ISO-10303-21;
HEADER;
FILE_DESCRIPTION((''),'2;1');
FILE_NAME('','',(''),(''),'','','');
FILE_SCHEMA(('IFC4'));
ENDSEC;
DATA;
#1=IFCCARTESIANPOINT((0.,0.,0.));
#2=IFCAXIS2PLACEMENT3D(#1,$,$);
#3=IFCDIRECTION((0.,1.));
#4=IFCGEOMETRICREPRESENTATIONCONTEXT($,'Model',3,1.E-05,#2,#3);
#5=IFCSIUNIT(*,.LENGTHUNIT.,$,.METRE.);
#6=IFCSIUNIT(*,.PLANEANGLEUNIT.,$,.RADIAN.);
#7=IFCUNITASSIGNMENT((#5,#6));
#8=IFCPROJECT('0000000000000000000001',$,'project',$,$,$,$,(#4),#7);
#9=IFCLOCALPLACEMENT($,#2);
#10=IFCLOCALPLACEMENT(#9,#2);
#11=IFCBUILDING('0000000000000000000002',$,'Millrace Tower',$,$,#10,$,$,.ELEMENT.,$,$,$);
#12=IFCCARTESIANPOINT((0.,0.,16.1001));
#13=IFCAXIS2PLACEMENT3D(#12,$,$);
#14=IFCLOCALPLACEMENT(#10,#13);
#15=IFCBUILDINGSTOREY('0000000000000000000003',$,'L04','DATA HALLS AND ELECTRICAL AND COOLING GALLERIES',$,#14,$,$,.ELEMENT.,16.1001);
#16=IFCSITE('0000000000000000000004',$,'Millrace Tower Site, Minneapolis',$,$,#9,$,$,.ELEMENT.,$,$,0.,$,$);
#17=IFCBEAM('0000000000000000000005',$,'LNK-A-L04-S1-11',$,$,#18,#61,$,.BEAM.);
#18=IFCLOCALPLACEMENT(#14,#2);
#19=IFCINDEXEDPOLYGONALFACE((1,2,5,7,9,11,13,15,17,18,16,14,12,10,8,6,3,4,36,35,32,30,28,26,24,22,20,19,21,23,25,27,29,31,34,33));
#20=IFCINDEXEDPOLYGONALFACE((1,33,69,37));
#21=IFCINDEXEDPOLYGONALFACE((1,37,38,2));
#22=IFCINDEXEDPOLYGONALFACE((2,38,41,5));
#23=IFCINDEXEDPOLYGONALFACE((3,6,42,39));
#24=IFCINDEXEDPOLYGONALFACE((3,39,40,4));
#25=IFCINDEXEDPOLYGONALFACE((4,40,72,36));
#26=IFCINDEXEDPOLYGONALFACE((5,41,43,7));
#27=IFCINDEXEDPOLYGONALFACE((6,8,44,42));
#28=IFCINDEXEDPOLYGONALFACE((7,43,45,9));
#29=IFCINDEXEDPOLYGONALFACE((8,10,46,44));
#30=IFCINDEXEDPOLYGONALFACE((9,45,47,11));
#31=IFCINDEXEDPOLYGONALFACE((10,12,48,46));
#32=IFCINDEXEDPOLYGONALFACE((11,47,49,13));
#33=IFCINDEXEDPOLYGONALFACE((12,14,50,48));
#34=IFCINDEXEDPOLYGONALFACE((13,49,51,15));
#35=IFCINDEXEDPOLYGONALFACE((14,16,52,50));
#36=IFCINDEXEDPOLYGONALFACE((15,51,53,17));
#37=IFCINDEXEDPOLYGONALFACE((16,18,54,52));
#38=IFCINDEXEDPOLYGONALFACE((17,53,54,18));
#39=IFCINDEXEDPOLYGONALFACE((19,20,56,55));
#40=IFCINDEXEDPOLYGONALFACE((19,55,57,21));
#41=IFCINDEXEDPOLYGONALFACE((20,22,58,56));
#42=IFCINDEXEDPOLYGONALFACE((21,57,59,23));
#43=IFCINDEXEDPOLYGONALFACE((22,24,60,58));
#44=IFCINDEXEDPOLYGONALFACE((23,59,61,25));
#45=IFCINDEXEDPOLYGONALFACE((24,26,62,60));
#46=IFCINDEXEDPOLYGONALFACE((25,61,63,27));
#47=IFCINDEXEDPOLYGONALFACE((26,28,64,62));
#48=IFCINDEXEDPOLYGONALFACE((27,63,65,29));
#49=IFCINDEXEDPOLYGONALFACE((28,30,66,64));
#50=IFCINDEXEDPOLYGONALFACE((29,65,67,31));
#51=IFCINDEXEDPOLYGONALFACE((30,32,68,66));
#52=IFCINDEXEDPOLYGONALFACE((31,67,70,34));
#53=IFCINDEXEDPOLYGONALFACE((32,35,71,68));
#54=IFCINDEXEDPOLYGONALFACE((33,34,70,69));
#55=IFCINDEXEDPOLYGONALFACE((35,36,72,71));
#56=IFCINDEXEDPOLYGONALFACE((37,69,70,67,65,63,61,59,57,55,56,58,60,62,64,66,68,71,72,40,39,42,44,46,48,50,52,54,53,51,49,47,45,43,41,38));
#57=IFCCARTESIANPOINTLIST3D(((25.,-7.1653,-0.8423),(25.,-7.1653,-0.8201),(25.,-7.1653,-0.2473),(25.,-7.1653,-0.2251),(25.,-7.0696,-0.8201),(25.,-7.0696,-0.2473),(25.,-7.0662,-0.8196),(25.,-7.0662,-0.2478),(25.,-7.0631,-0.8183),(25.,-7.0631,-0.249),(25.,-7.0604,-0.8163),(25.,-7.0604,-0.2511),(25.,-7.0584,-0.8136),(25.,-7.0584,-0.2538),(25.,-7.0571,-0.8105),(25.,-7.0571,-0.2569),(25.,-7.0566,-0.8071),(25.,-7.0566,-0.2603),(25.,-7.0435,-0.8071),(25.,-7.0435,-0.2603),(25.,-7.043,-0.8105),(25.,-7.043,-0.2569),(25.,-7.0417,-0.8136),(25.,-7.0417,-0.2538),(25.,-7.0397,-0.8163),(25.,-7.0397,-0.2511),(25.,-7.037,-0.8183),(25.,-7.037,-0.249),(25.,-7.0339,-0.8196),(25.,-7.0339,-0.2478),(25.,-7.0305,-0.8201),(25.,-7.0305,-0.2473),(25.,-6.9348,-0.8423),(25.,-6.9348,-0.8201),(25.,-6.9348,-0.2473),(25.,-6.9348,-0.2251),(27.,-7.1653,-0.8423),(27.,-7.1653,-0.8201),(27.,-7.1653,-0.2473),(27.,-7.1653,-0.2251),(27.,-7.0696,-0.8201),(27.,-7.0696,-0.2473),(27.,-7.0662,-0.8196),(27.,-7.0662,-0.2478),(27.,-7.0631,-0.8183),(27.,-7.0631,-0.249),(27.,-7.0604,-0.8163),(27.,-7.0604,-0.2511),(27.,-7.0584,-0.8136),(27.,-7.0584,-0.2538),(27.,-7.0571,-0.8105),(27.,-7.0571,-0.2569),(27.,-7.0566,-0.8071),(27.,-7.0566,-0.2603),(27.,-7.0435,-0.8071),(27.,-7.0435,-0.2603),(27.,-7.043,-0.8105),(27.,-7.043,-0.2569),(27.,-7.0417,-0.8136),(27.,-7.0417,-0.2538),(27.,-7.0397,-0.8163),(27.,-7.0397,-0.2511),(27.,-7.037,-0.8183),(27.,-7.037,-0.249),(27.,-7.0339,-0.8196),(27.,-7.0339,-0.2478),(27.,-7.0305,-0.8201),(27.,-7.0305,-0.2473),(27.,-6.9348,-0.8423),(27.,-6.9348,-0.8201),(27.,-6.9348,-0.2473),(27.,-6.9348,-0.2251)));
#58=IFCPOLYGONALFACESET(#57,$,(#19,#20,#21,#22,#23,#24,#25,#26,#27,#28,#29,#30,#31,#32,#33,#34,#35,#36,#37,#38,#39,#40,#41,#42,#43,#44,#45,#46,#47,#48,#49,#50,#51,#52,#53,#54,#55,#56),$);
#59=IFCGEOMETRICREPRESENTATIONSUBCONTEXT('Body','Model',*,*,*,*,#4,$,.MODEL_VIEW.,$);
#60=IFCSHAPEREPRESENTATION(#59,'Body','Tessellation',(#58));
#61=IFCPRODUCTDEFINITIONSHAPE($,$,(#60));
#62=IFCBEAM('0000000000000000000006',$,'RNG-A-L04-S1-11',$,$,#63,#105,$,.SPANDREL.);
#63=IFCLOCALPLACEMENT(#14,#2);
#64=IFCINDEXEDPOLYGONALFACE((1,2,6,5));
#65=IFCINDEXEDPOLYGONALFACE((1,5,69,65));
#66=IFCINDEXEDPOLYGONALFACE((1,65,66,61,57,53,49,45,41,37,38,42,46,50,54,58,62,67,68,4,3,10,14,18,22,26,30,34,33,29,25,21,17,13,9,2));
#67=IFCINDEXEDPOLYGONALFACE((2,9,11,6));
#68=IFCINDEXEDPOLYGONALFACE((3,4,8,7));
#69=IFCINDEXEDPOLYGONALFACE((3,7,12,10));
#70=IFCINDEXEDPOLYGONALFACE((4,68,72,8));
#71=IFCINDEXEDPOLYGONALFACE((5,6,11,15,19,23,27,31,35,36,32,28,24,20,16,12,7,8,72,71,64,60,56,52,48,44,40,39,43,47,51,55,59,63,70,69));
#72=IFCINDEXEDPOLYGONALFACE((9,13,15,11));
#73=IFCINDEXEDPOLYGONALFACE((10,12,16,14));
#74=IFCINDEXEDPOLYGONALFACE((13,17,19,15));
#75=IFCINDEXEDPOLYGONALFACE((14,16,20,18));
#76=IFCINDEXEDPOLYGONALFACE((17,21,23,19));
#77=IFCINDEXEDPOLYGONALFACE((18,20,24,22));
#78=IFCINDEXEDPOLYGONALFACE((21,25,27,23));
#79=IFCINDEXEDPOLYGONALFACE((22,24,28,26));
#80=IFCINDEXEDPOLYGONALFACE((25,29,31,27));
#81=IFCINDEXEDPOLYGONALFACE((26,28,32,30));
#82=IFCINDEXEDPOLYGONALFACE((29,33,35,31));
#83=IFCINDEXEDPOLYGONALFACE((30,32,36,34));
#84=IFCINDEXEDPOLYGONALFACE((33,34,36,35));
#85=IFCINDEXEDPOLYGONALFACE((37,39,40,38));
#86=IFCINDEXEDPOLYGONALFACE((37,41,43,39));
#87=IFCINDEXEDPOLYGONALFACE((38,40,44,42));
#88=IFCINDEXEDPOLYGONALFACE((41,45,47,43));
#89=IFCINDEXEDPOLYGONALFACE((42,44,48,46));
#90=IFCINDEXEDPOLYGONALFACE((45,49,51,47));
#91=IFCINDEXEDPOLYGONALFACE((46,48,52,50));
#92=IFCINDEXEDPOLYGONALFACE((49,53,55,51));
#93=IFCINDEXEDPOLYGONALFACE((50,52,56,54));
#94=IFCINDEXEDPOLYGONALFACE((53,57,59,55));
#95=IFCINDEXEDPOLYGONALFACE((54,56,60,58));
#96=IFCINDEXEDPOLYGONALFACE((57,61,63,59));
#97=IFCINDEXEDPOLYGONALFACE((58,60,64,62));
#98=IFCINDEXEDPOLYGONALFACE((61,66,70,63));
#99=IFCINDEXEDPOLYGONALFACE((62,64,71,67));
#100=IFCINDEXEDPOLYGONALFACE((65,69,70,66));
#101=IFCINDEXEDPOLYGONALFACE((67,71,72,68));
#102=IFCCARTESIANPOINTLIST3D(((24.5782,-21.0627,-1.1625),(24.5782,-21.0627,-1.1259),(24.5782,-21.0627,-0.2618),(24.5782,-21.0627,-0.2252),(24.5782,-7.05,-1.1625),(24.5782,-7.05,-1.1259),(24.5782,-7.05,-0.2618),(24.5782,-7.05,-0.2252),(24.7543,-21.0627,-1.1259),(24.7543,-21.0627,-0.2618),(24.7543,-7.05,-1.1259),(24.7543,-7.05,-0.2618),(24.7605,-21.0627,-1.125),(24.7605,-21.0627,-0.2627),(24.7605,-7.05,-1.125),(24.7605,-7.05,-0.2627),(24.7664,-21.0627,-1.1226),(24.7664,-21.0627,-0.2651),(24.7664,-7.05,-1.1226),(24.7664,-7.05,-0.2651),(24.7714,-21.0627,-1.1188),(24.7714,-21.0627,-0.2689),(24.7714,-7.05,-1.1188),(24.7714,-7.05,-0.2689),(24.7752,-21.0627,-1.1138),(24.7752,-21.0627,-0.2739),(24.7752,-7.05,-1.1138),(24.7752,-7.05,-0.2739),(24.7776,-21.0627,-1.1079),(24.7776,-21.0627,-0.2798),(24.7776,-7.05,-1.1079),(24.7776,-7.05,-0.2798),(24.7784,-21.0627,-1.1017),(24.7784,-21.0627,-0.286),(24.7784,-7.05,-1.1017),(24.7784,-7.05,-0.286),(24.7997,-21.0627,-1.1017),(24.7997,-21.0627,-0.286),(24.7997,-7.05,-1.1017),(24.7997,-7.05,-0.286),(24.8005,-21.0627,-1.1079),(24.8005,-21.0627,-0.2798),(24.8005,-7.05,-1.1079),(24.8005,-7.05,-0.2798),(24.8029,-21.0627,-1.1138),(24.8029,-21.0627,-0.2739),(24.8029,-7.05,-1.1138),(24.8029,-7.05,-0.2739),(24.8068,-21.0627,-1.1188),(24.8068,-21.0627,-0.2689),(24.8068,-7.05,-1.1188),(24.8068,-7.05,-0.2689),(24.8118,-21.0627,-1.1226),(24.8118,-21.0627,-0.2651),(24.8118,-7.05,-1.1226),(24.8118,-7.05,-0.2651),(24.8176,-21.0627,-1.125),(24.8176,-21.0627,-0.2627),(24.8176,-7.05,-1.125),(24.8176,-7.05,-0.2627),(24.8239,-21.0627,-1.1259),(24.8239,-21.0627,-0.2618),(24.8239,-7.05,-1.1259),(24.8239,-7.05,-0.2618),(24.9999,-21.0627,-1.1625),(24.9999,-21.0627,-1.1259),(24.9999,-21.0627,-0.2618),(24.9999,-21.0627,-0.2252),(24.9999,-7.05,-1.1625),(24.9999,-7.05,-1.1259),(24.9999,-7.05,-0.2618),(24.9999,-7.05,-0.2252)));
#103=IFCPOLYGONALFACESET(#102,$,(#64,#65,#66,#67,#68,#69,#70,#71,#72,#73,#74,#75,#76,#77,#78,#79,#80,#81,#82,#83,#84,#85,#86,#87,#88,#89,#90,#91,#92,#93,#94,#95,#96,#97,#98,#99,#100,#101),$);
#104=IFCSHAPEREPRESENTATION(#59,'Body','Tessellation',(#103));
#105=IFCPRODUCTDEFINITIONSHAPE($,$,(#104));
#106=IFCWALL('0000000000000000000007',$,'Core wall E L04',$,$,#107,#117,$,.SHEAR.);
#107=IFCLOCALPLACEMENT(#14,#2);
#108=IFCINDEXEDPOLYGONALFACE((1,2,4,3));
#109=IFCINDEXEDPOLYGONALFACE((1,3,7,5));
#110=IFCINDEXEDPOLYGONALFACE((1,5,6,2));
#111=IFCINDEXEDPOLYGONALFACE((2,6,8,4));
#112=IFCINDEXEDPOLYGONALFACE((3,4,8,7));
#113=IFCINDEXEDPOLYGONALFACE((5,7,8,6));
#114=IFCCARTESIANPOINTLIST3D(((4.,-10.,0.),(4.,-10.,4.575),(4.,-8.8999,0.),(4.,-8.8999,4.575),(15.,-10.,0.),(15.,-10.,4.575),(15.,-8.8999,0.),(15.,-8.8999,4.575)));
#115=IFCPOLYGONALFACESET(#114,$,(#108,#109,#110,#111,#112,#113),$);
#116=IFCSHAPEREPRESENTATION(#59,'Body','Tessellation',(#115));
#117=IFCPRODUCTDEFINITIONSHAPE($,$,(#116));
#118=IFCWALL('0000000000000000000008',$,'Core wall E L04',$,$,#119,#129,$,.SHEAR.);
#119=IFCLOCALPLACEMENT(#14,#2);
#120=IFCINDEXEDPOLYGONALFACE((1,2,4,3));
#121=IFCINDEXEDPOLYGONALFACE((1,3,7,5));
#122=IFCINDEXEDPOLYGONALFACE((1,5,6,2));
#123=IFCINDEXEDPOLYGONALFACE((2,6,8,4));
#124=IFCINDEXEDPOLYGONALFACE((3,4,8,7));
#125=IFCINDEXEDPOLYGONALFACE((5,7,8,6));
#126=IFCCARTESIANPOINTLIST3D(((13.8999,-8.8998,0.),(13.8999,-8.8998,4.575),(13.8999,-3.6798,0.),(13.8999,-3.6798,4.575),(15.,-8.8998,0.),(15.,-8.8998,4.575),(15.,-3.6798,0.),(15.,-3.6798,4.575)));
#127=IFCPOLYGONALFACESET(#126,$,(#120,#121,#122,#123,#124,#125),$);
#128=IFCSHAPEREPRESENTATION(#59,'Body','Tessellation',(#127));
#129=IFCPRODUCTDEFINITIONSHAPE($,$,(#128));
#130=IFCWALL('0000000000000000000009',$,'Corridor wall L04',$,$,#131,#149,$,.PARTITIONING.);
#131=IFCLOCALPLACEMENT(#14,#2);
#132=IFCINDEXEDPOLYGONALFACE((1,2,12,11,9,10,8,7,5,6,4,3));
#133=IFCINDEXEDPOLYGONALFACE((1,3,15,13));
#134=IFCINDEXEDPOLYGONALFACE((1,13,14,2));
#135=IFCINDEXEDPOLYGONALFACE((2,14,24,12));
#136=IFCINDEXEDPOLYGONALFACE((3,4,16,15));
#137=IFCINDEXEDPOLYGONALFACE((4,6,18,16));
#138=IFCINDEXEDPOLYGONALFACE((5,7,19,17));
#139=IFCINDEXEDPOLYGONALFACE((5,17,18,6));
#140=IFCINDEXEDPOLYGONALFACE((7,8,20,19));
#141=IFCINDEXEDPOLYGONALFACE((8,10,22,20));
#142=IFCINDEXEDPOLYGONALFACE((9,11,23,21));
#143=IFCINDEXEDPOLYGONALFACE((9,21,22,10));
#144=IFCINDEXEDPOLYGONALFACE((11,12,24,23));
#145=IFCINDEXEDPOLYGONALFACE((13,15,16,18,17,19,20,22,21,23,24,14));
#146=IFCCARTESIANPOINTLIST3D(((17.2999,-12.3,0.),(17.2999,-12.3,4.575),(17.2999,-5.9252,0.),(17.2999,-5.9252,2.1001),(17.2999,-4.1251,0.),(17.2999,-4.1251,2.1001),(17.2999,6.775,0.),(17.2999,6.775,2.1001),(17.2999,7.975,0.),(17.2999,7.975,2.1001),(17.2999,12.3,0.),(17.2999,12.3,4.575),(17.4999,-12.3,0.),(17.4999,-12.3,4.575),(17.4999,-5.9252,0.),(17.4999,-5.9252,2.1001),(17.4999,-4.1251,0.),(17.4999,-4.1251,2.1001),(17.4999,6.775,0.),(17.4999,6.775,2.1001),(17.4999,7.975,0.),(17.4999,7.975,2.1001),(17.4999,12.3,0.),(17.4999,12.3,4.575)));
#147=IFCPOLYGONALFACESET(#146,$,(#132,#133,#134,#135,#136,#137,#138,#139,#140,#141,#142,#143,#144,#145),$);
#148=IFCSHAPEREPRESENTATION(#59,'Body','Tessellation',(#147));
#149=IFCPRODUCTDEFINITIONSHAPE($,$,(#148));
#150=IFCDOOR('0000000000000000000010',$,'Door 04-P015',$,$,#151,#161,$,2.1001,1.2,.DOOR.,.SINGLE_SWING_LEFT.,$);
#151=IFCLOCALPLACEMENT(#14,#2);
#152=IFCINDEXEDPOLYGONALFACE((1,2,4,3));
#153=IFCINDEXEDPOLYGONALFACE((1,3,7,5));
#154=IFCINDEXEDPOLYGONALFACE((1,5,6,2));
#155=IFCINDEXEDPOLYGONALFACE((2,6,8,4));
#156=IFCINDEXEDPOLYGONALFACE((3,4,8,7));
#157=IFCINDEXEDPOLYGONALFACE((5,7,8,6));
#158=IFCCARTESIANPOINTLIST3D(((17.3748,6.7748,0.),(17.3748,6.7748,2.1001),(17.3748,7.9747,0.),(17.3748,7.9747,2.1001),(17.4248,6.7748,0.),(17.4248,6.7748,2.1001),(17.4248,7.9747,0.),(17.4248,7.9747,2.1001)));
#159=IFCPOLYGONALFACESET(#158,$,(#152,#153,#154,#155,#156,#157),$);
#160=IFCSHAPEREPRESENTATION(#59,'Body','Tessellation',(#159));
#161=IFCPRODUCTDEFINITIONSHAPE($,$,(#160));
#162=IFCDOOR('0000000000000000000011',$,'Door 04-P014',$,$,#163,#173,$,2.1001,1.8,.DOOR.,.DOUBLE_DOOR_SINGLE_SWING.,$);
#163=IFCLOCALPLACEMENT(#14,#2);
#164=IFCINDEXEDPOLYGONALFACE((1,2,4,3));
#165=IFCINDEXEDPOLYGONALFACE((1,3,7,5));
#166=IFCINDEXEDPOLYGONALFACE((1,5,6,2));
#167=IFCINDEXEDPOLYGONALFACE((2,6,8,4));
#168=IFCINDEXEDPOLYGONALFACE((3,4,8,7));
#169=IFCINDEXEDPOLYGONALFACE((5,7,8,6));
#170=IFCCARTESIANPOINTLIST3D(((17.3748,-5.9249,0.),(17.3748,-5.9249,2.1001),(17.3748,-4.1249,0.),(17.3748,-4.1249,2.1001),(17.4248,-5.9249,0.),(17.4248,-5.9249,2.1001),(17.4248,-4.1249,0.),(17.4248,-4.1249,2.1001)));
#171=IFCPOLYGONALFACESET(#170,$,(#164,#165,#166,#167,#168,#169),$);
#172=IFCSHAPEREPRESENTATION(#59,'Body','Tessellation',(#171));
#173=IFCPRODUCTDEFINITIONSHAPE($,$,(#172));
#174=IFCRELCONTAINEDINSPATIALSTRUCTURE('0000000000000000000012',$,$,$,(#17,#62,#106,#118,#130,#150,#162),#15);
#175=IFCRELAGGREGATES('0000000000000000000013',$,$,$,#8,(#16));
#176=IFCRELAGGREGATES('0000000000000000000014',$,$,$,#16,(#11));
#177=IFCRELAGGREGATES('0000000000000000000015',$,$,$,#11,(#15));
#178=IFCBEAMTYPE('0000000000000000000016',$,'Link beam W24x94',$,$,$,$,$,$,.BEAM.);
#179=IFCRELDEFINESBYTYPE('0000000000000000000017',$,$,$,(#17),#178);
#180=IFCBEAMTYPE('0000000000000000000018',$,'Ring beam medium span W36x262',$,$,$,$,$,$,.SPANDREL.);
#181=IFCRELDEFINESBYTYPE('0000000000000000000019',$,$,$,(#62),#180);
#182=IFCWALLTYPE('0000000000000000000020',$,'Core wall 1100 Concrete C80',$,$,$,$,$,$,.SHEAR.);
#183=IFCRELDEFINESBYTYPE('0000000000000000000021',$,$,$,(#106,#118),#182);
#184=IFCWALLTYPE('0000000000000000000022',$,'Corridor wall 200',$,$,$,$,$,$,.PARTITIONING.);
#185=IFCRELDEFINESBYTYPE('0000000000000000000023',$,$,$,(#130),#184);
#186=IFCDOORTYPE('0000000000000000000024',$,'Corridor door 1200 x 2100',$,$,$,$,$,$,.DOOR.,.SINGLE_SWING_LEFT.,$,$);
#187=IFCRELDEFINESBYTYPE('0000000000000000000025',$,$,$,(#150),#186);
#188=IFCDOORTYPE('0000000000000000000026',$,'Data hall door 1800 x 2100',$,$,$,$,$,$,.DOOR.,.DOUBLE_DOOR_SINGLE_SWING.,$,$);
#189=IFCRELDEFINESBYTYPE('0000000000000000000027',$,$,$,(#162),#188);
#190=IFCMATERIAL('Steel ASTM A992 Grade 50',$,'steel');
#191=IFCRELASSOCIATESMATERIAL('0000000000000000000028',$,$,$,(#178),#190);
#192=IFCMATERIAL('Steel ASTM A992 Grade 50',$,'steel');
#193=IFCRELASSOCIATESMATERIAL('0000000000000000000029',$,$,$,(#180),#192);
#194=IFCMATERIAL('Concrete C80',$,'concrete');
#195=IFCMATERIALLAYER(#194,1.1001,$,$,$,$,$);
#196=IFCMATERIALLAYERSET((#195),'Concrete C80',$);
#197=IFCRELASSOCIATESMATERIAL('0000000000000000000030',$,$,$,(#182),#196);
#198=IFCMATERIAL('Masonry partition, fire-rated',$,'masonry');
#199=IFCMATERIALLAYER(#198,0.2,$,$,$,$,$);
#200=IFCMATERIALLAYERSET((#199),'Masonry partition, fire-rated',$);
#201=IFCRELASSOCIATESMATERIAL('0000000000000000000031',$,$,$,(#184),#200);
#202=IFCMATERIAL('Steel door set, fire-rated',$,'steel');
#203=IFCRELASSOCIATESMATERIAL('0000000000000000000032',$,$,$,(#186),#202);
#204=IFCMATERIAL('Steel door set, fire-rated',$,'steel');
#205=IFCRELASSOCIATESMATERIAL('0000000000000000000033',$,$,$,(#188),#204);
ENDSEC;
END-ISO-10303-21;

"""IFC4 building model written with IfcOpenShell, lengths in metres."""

from ifc_helpers import new_model, si_unit, direction, frame, frame_2d, origin, origin_2d, place, context, subcontext, project, spatial, rectangle, i_section, extrude, material, layer, layer_set, material_profile, profile_set, type_object, element, fill, save


model = new_model("IFC4")

# Units and contexts
model_context = context("Model", 3, precision=1e-05, world=origin(), true_north=direction((0.0, 1.0)))
body_context = subcontext(model_context, "Body", "Model", "MODEL_VIEW")
ifc_project = project(units=[si_unit("LENGTHUNIT", "METRE"), si_unit("PLANEANGLEUNIT", "RADIAN")], contexts=[model_context])

# Site, building, storey
site_placement = place(None, origin())
site = spatial("IfcSite", under=ifc_project, at=site_placement, Name="Millrace Tower Site, Minneapolis", CompositionType="ELEMENT", RefElevation=0.0)
building_placement = place(site_placement, origin())
building = spatial("IfcBuilding", under=site, at=building_placement, Name="Millrace Tower", CompositionType="ELEMENT")
storey_placement = place(building_placement, frame((0.0, 0.0, 16.1001)))
storey = spatial("IfcBuildingStorey", under=building, at=storey_placement, Name="L04", Description="DATA HALLS AND ELECTRICAL AND COOLING GALLERIES", CompositionType="ELEMENT", Elevation=16.1001)

# Beams
ifc_material_1 = material(Name="Steel ASTM A992 Grade 50", Category="steel")
ifc_material_profile_1 = material_profile(ifc_material_1, i_section(OverallWidth=0.2305, OverallDepth=0.6172, WebThickness=0.0132, FlangeThickness=0.0222, FilletRadius=0.0129, at=origin_2d()))
ifc_profile_set_1 = profile_set([ifc_material_profile_1], Name="Steel ASTM A992 Grade 50")
beam_type_1 = type_object("IfcBeamType", Name="Link beam W24x94", PredefinedType="BEAM", material=ifc_profile_set_1)
beam_1_placement = place(storey_placement, frame((25.0, -7.05, -0.5337), z_axis=(1.0, 0.0, 0.0), x_axis=(0.0, 1.0, 0.0)))
element("IfcBeam", 1, at=beam_1_placement, inside=storey, type_object=beam_type_1, Name="LNK-A-L04-S1-11", PredefinedType="BEAM", context=body_context, shape_type="SweptSolid", body=[
    extrude(i_section(OverallWidth=0.2305, OverallDepth=0.6172, WebThickness=0.0132, FlangeThickness=0.0222, FilletRadius=0.0129, at=origin_2d()), origin(), (0.0, 0.0, 1.0), 2.0),
])
ifc_material_2 = material(Name="Steel ASTM A992 Grade 50", Category="steel")
ifc_material_profile_2 = material_profile(ifc_material_2, i_section(OverallWidth=0.4216, OverallDepth=0.9373, WebThickness=0.0212, FlangeThickness=0.0366, FilletRadius=0.0242, at=origin_2d()))
ifc_profile_set_2 = profile_set([ifc_material_profile_2], Name="Steel ASTM A992 Grade 50")
beam_type_2 = type_object("IfcBeamType", Name="Ring beam medium span W36x262", PredefinedType="SPANDREL", material=ifc_profile_set_2)
beam_2_placement = place(storey_placement, frame((24.7891, -7.05, -0.6938), z_axis=(0.0, -1.0, 0.0), x_axis=(1.0, 0.0, 0.0)))
element("IfcBeam", 2, at=beam_2_placement, inside=storey, type_object=beam_type_2, Name="RNG-A-L04-S1-11", PredefinedType="SPANDREL", context=body_context, shape_type="SweptSolid", body=[
    extrude(i_section(OverallWidth=0.4216, OverallDepth=0.9373, WebThickness=0.0212, FlangeThickness=0.0366, FilletRadius=0.0242, at=origin_2d()), origin(), (0.0, 0.0, 1.0), 14.0127),
])

# Walls
ifc_material_3 = material(Name="Concrete C80", Category="concrete")
ifc_layer_1 = layer(ifc_material_3, 1.1001)
ifc_layer_set_1 = layer_set([ifc_layer_1], Name="Concrete C80")
wall_type_1 = type_object("IfcWallType", Name="Core wall 1100 Concrete C80", PredefinedType="SHEAR", material=ifc_layer_set_1)
wall_1_placement = place(storey_placement, frame((15.0, -9.45, 0.0), z_axis=(0.0, 0.0, 1.0), x_axis=(-1.0, 0.0, 0.0)))
element("IfcWall", 3, at=wall_1_placement, inside=storey, type_object=wall_type_1, Name="Core wall E L04", PredefinedType="SHEAR", context=body_context, shape_type="SweptSolid", body=[
    extrude(rectangle(XDim=11.0, YDim=1.1001, at=frame_2d((5.5, 0.0))), origin(), (0.0, 0.0, 1.0), 4.575),
])
wall_2_placement = place(storey_placement, frame((14.45, -3.6799, 0.0), z_axis=(0.0, 0.0, 1.0), x_axis=(0.0, -1.0, 0.0)))
element("IfcWall", 4, at=wall_2_placement, inside=storey, type_object=wall_type_1, Name="Core wall E L04", PredefinedType="SHEAR", context=body_context, shape_type="SweptSolid", body=[
    extrude(rectangle(XDim=5.22, YDim=1.1001, at=frame_2d((2.6099, 0.0))), origin(), (0.0, 0.0, 1.0), 4.575),
])

# Wall, openings, doors
ifc_material_4 = material(Name="Masonry partition, fire-rated", Category="masonry")
ifc_layer_2 = layer(ifc_material_4, 0.2)
ifc_layer_set_2 = layer_set([ifc_layer_2], Name="Masonry partition, fire-rated")
wall_type_2 = type_object("IfcWallType", Name="Corridor wall 200", PredefinedType="PARTITIONING", material=ifc_layer_set_2)
wall_3_placement = place(storey_placement, frame((17.3999, -12.3, 0.0), z_axis=(0.0, 0.0, 1.0), x_axis=(0.0, 1.0, 0.0)))
wall_3 = element("IfcWall", 5, at=wall_3_placement, inside=storey, type_object=wall_type_2, Name="Corridor wall L04", PredefinedType="PARTITIONING", context=body_context, shape_type="SweptSolid", body=[
    extrude(rectangle(XDim=24.6001, YDim=0.2, at=frame_2d((12.3, 0.0))), origin(), (0.0, 0.0, 1.0), 4.575),
])
opening_1_placement = place(wall_3_placement, frame((6.375, 0.0, 0.0)))
opening_1 = element("IfcOpeningElement", 6, at=opening_1_placement, cuts=wall_3, PredefinedType="OPENING", context=body_context, shape_type="SweptSolid", body=[
    extrude(rectangle(XDim=1.8, YDim=2.1001, at=frame_2d((0.8999, 1.05))), frame((0.0, 0.1099, 0.0), z_axis=(0.0, -1.0, 0.0), x_axis=(1.0, 0.0, 0.0)), (0.0, 0.0, 1.0), 0.22),
])
opening_2_placement = place(wall_3_placement, frame((19.075, 0.0, 0.0)))
opening_2 = element("IfcOpeningElement", 7, at=opening_2_placement, cuts=wall_3, PredefinedType="OPENING", context=body_context, shape_type="SweptSolid", body=[
    extrude(rectangle(XDim=1.2, YDim=2.1001, at=frame_2d((0.6001, 1.05))), frame((0.0, 0.1099, 0.0), z_axis=(0.0, -1.0, 0.0), x_axis=(1.0, 0.0, 0.0)), (0.0, 0.0, 1.0), 0.22),
])
ifc_material_5 = material(Name="Steel door set, fire-rated", Category="steel")
door_type_1 = type_object("IfcDoorType", Name="Corridor door 1200 x 2100", OperationType="SINGLE_SWING_LEFT", PredefinedType="DOOR", material=ifc_material_5)
door_1_placement = place(opening_2_placement, frame((1.2, 0.0, 0.0), z_axis=(0.0, 0.0, 1.0), x_axis=(-1.0, 0.0, 0.0)))
door_1 = element("IfcDoor", 8, at=door_1_placement, inside=storey, type_object=door_type_1, Name="Door 04-P015", OperationType="SINGLE_SWING_LEFT", OverallHeight=2.1001, OverallWidth=1.2, PredefinedType="DOOR", context=body_context, shape_type="SweptSolid", body=[
    extrude(rectangle(XDim=1.2, YDim=2.1001, at=frame_2d((0.6001, 1.05))), frame((0.0, 0.0249, 0.0), z_axis=(0.0, -1.0, 0.0), x_axis=(1.0, 0.0, 0.0)), (0.0, 0.0, 1.0), 0.05),
])
fill(opening_2, door_1)
ifc_material_6 = material(Name="Steel door set, fire-rated", Category="steel")
door_type_2 = type_object("IfcDoorType", Name="Data hall door 1800 x 2100", OperationType="DOUBLE_DOOR_SINGLE_SWING", PredefinedType="DOOR", material=ifc_material_6)
door_2_placement = place(opening_1_placement, frame((1.8, 0.0, 0.0), z_axis=(0.0, 0.0, 1.0), x_axis=(-1.0, 0.0, 0.0)))
door_2 = element("IfcDoor", 9, at=door_2_placement, inside=storey, type_object=door_type_2, Name="Door 04-P014", OperationType="DOUBLE_DOOR_SINGLE_SWING", OverallHeight=2.1001, OverallWidth=1.8, PredefinedType="DOOR", context=body_context, shape_type="SweptSolid", body=[
    extrude(rectangle(XDim=1.8, YDim=2.1001, at=frame_2d((0.8999, 1.05))), frame((0.0, 0.0249, 0.0), z_axis=(0.0, -1.0, 0.0), x_axis=(1.0, 0.0, 0.0)), (0.0, 0.0, 1.0), 0.05),
])
fill(opening_1, door_2)

save(model, "model.ifc")
